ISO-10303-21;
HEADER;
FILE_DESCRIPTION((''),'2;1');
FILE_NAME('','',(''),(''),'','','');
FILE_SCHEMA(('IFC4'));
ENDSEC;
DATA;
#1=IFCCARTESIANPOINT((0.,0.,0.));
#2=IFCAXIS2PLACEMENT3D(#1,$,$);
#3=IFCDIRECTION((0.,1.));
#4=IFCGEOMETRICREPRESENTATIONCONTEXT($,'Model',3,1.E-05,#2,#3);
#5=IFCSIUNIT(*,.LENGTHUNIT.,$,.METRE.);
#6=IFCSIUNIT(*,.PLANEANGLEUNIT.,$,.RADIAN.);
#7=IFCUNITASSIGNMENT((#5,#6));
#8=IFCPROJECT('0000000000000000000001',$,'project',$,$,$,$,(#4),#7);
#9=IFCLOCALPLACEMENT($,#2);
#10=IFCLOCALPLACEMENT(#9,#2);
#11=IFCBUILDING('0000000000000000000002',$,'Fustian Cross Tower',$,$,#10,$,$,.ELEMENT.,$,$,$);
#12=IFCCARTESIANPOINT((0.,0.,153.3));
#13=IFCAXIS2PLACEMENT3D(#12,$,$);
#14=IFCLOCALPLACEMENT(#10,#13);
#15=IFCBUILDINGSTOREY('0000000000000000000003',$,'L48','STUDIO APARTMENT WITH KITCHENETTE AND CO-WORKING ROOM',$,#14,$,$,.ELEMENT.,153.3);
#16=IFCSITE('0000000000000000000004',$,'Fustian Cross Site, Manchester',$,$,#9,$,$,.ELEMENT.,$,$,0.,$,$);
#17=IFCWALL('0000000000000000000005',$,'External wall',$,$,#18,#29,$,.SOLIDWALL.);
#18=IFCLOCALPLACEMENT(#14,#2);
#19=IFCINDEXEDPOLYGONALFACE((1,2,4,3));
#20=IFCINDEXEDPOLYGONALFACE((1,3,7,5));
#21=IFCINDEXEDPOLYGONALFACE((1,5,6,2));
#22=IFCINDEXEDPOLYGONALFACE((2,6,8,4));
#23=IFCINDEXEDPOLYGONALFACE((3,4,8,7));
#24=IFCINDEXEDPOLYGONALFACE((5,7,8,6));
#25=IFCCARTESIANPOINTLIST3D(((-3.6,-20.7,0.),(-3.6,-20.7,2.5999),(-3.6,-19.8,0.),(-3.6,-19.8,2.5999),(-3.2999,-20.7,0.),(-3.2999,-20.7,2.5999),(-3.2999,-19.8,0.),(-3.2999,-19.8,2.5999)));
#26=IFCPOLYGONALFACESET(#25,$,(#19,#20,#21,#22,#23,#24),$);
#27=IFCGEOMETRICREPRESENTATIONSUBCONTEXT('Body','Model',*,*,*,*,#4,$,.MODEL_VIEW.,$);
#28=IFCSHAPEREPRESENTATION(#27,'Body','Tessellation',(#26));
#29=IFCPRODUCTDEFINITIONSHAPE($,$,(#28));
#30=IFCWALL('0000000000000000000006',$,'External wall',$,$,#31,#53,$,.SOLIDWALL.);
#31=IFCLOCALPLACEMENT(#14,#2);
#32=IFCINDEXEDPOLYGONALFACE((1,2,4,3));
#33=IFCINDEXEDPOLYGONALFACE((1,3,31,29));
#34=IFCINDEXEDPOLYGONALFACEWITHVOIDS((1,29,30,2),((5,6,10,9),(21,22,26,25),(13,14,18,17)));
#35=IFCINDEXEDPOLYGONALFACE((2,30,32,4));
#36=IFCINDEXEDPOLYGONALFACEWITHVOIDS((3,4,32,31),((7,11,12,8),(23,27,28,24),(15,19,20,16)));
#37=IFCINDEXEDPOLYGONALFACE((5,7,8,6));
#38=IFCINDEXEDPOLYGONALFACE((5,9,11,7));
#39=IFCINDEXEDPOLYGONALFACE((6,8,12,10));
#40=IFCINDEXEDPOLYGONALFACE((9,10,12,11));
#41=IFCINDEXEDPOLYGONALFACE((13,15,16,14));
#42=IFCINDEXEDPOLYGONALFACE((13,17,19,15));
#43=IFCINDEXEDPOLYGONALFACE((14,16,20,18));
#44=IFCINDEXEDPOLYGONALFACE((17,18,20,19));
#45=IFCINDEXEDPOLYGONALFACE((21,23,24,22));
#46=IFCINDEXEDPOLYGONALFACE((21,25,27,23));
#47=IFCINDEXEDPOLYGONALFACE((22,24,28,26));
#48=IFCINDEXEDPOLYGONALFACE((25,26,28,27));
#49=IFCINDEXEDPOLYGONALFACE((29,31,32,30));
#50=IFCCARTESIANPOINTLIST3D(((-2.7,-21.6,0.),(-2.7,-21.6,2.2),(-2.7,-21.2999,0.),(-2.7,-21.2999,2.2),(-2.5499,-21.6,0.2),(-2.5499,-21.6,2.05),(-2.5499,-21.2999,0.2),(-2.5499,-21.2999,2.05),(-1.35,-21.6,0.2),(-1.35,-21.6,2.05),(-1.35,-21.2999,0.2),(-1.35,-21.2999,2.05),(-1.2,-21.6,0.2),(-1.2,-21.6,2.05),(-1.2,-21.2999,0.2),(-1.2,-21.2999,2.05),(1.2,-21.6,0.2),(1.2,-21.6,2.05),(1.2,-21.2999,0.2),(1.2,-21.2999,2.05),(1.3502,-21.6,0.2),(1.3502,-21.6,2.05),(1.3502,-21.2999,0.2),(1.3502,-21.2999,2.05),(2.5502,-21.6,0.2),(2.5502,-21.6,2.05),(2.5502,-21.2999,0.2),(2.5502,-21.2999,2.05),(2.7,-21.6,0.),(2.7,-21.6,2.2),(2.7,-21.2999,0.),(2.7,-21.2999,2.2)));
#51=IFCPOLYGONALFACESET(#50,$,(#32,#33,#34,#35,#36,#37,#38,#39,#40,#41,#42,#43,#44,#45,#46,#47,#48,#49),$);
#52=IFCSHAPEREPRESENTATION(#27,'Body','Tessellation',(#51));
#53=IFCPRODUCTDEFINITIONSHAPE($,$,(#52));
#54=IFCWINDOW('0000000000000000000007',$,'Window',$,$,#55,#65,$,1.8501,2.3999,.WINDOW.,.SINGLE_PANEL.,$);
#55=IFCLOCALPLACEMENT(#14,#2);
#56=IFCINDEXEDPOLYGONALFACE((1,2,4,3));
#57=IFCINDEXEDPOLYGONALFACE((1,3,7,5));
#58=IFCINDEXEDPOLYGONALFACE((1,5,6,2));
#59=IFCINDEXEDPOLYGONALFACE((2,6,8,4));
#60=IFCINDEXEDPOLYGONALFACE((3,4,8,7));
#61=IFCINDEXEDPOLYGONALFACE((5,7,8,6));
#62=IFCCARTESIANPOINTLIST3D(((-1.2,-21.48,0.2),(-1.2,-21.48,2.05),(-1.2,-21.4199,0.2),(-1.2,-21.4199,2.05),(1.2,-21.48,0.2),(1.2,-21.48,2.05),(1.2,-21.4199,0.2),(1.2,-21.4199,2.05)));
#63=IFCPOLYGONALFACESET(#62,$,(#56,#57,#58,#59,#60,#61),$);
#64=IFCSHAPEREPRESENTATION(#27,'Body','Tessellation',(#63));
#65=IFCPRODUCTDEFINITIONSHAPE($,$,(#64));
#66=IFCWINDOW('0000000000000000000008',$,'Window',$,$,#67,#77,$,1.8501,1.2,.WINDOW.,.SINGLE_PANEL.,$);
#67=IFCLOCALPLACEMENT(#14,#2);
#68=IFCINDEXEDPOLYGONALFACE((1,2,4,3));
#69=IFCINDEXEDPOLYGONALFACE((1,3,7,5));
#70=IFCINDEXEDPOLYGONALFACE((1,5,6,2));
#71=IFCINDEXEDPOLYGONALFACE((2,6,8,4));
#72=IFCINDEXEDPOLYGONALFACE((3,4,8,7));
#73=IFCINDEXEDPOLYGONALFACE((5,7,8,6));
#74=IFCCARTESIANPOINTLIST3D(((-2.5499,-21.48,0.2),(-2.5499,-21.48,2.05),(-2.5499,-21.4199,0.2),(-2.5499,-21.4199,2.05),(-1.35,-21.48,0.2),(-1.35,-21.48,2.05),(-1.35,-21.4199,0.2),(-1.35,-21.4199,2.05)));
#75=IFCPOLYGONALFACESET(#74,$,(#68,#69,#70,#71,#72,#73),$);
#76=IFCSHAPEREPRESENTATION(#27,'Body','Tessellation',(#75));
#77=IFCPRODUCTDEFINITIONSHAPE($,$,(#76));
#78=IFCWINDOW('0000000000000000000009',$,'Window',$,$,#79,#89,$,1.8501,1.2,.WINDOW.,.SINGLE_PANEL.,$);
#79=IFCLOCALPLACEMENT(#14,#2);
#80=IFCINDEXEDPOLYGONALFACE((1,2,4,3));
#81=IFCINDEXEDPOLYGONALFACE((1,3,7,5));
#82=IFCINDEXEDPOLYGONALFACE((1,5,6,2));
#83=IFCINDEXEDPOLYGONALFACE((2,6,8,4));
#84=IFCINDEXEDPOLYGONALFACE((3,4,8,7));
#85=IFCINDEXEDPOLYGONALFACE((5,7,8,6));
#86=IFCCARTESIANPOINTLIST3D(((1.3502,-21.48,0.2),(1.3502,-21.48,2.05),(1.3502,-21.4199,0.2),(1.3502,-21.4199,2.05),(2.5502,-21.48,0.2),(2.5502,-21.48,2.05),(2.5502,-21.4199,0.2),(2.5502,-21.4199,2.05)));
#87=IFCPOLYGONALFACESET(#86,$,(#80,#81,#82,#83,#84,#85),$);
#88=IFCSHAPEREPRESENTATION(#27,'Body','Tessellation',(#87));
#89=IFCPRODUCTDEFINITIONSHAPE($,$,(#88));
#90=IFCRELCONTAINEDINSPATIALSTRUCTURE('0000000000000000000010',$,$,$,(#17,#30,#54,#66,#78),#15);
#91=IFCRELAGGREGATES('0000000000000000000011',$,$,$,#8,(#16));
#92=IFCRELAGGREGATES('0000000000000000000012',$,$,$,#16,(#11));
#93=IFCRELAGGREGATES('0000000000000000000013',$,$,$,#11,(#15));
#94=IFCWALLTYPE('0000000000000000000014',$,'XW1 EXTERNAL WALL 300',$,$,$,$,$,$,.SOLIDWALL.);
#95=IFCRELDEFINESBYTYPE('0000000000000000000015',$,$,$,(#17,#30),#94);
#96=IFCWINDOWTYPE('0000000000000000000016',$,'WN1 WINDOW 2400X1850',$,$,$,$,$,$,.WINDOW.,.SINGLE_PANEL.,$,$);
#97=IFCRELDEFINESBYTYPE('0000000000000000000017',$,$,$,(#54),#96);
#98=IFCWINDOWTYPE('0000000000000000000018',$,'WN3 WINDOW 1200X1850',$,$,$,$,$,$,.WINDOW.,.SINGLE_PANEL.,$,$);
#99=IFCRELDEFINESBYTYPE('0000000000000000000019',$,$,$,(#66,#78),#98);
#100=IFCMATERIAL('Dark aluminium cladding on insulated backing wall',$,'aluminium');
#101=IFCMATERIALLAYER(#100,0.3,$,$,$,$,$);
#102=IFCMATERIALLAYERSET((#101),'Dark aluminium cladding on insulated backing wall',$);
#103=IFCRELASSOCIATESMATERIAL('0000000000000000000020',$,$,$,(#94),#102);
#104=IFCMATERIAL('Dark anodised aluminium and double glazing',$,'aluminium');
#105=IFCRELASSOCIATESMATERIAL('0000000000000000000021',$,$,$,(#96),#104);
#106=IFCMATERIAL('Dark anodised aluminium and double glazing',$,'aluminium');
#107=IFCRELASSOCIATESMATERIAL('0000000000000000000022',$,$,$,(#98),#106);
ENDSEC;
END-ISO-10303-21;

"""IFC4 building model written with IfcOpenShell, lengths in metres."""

from ifc_helpers import new_model, si_unit, direction, frame, frame_2d, origin, place, context, subcontext, project, spatial, rectangle, extrude, material, layer, layer_set, type_object, element, fill, save


model = new_model("IFC4")

# Units and contexts
model_context = context("Model", 3, precision=1e-05, world=origin(), true_north=direction((0.0, 1.0)))
body_context = subcontext(model_context, "Body", "Model", "MODEL_VIEW")
ifc_project = project(units=[si_unit("LENGTHUNIT", "METRE"), si_unit("PLANEANGLEUNIT", "RADIAN")], contexts=[model_context])

# Site, building, storey
site_placement = place(None, origin())
site = spatial("IfcSite", under=ifc_project, at=site_placement, Name="Fustian Cross Site, Manchester", CompositionType="ELEMENT", RefElevation=0.0)
building_placement = place(site_placement, origin())
building = spatial("IfcBuilding", under=site, at=building_placement, Name="Fustian Cross Tower", CompositionType="ELEMENT")
storey_placement = place(building_placement, frame((0.0, 0.0, 153.3)))
storey = spatial("IfcBuildingStorey", under=building, at=storey_placement, Name="L48", Description="STUDIO APARTMENT WITH KITCHENETTE AND CO-WORKING ROOM", CompositionType="ELEMENT", Elevation=153.3)

# Wall
ifc_material_1 = material(Name="Dark aluminium cladding on insulated backing wall", Category="aluminium")
ifc_layer_1 = layer(ifc_material_1, 0.3)
ifc_layer_set_1 = layer_set([ifc_layer_1], Name="Dark aluminium cladding on insulated backing wall")
wall_type_1 = type_object("IfcWallType", Name="XW1 EXTERNAL WALL 300", PredefinedType="SOLIDWALL", material=ifc_layer_set_1)
wall_1_placement = place(storey_placement, frame((-3.45, -19.8, 0.0), z_axis=(0.0, 0.0, 1.0), x_axis=(0.0, -1.0, 0.0)))
element("IfcWall", 1, at=wall_1_placement, inside=storey, type_object=wall_type_1, Name="External wall", PredefinedType="SOLIDWALL", context=body_context, shape_type="SweptSolid", body=[
    extrude(rectangle(XDim=0.8999, YDim=0.3, at=frame_2d((0.45, 0.0))), origin(), (0.0, 0.0, 1.0), 2.5999),
])

# Wall, openings, windows
wall_2_placement = place(storey_placement, frame((-2.7, -21.45, 0.0), z_axis=(0.0, 0.0, 1.0), x_axis=(1.0, 0.0, 0.0)))
wall_2 = element("IfcWall", 2, at=wall_2_placement, inside=storey, type_object=wall_type_1, Name="External wall", PredefinedType="SOLIDWALL", context=body_context, shape_type="SweptSolid", body=[
    extrude(rectangle(XDim=5.3999, YDim=0.3, at=frame_2d((2.7, 0.0))), origin(), (0.0, 0.0, 1.0), 2.2),
])
opening_1_placement = place(wall_2_placement, frame((1.5, 0.0, 0.2)))
opening_1 = element("IfcOpeningElement", 3, at=opening_1_placement, cuts=wall_2, PredefinedType="OPENING", context=body_context, shape_type="SweptSolid", body=[
    extrude(rectangle(XDim=2.3999, YDim=1.8501, at=frame_2d((1.2, 0.925))), frame((0.0, 0.1599, 0.0), z_axis=(0.0, -1.0, 0.0), x_axis=(1.0, 0.0, 0.0)), (0.0, 0.0, 1.0), 0.3201),
])
opening_2_placement = place(wall_2_placement, frame((0.1499, 0.0, 0.2)))
opening_2 = element("IfcOpeningElement", 4, at=opening_2_placement, cuts=wall_2, PredefinedType="OPENING", context=body_context, shape_type="SweptSolid", body=[
    extrude(rectangle(XDim=1.2, YDim=1.8501, at=frame_2d((0.6001, 0.925))), frame((0.0, 0.1599, 0.0), z_axis=(0.0, -1.0, 0.0), x_axis=(1.0, 0.0, 0.0)), (0.0, 0.0, 1.0), 0.3201),
])
opening_3_placement = place(wall_2_placement, frame((4.05, 0.0, 0.2)))
opening_3 = element("IfcOpeningElement", 5, at=opening_3_placement, cuts=wall_2, PredefinedType="OPENING", context=body_context, shape_type="SweptSolid", body=[
    extrude(rectangle(XDim=1.2, YDim=1.8501, at=frame_2d((0.6001, 0.925))), frame((0.0, 0.1599, 0.0), z_axis=(0.0, -1.0, 0.0), x_axis=(1.0, 0.0, 0.0)), (0.0, 0.0, 1.0), 0.3201),
])
ifc_material_2 = material(Name="Dark anodised aluminium and double glazing", Category="aluminium")
window_type_1 = type_object("IfcWindowType", Name="WN1 WINDOW 2400X1850", PartitioningType="SINGLE_PANEL", PredefinedType="WINDOW", material=ifc_material_2)
window_1_placement = place(opening_1_placement, origin())
window_1 = element("IfcWindow", 6, at=window_1_placement, inside=storey, type_object=window_type_1, Name="Window", OverallHeight=1.8501, OverallWidth=2.3999, PartitioningType="SINGLE_PANEL", PredefinedType="WINDOW", context=body_context, shape_type="SweptSolid", body=[
    extrude(rectangle(XDim=2.3999, YDim=1.8501, at=frame_2d((1.2, 0.925))), frame((0.0, 0.03, 0.0), z_axis=(0.0, -1.0, 0.0), x_axis=(1.0, 0.0, 0.0)), (0.0, 0.0, 1.0), 0.0601),
])
fill(opening_1, window_1)
ifc_material_3 = material(Name="Dark anodised aluminium and double glazing", Category="aluminium")
window_type_2 = type_object("IfcWindowType", Name="WN3 WINDOW 1200X1850", PartitioningType="SINGLE_PANEL", PredefinedType="WINDOW", material=ifc_material_3)
window_2_placement = place(opening_2_placement, origin())
window_2 = element("IfcWindow", 7, at=window_2_placement, inside=storey, type_object=window_type_2, Name="Window", OverallHeight=1.8501, OverallWidth=1.2, PartitioningType="SINGLE_PANEL", PredefinedType="WINDOW", context=body_context, shape_type="SweptSolid", body=[
    extrude(rectangle(XDim=1.2, YDim=1.8501, at=frame_2d((0.6001, 0.925))), frame((0.0, 0.03, 0.0), z_axis=(0.0, -1.0, 0.0), x_axis=(1.0, 0.0, 0.0)), (0.0, 0.0, 1.0), 0.0601),
])
fill(opening_2, window_2)
window_3_placement = place(opening_3_placement, origin())
window_3 = element("IfcWindow", 8, at=window_3_placement, inside=storey, type_object=window_type_2, Name="Window", OverallHeight=1.8501, OverallWidth=1.2, PartitioningType="SINGLE_PANEL", PredefinedType="WINDOW", context=body_context, shape_type="SweptSolid", body=[
    extrude(rectangle(XDim=1.2, YDim=1.8501, at=frame_2d((0.6001, 0.925))), frame((0.0, 0.03, 0.0), z_axis=(0.0, -1.0, 0.0), x_axis=(1.0, 0.0, 0.0)), (0.0, 0.0, 1.0), 0.0601),
])
fill(opening_3, window_3)

save(model, "model.ifc")
